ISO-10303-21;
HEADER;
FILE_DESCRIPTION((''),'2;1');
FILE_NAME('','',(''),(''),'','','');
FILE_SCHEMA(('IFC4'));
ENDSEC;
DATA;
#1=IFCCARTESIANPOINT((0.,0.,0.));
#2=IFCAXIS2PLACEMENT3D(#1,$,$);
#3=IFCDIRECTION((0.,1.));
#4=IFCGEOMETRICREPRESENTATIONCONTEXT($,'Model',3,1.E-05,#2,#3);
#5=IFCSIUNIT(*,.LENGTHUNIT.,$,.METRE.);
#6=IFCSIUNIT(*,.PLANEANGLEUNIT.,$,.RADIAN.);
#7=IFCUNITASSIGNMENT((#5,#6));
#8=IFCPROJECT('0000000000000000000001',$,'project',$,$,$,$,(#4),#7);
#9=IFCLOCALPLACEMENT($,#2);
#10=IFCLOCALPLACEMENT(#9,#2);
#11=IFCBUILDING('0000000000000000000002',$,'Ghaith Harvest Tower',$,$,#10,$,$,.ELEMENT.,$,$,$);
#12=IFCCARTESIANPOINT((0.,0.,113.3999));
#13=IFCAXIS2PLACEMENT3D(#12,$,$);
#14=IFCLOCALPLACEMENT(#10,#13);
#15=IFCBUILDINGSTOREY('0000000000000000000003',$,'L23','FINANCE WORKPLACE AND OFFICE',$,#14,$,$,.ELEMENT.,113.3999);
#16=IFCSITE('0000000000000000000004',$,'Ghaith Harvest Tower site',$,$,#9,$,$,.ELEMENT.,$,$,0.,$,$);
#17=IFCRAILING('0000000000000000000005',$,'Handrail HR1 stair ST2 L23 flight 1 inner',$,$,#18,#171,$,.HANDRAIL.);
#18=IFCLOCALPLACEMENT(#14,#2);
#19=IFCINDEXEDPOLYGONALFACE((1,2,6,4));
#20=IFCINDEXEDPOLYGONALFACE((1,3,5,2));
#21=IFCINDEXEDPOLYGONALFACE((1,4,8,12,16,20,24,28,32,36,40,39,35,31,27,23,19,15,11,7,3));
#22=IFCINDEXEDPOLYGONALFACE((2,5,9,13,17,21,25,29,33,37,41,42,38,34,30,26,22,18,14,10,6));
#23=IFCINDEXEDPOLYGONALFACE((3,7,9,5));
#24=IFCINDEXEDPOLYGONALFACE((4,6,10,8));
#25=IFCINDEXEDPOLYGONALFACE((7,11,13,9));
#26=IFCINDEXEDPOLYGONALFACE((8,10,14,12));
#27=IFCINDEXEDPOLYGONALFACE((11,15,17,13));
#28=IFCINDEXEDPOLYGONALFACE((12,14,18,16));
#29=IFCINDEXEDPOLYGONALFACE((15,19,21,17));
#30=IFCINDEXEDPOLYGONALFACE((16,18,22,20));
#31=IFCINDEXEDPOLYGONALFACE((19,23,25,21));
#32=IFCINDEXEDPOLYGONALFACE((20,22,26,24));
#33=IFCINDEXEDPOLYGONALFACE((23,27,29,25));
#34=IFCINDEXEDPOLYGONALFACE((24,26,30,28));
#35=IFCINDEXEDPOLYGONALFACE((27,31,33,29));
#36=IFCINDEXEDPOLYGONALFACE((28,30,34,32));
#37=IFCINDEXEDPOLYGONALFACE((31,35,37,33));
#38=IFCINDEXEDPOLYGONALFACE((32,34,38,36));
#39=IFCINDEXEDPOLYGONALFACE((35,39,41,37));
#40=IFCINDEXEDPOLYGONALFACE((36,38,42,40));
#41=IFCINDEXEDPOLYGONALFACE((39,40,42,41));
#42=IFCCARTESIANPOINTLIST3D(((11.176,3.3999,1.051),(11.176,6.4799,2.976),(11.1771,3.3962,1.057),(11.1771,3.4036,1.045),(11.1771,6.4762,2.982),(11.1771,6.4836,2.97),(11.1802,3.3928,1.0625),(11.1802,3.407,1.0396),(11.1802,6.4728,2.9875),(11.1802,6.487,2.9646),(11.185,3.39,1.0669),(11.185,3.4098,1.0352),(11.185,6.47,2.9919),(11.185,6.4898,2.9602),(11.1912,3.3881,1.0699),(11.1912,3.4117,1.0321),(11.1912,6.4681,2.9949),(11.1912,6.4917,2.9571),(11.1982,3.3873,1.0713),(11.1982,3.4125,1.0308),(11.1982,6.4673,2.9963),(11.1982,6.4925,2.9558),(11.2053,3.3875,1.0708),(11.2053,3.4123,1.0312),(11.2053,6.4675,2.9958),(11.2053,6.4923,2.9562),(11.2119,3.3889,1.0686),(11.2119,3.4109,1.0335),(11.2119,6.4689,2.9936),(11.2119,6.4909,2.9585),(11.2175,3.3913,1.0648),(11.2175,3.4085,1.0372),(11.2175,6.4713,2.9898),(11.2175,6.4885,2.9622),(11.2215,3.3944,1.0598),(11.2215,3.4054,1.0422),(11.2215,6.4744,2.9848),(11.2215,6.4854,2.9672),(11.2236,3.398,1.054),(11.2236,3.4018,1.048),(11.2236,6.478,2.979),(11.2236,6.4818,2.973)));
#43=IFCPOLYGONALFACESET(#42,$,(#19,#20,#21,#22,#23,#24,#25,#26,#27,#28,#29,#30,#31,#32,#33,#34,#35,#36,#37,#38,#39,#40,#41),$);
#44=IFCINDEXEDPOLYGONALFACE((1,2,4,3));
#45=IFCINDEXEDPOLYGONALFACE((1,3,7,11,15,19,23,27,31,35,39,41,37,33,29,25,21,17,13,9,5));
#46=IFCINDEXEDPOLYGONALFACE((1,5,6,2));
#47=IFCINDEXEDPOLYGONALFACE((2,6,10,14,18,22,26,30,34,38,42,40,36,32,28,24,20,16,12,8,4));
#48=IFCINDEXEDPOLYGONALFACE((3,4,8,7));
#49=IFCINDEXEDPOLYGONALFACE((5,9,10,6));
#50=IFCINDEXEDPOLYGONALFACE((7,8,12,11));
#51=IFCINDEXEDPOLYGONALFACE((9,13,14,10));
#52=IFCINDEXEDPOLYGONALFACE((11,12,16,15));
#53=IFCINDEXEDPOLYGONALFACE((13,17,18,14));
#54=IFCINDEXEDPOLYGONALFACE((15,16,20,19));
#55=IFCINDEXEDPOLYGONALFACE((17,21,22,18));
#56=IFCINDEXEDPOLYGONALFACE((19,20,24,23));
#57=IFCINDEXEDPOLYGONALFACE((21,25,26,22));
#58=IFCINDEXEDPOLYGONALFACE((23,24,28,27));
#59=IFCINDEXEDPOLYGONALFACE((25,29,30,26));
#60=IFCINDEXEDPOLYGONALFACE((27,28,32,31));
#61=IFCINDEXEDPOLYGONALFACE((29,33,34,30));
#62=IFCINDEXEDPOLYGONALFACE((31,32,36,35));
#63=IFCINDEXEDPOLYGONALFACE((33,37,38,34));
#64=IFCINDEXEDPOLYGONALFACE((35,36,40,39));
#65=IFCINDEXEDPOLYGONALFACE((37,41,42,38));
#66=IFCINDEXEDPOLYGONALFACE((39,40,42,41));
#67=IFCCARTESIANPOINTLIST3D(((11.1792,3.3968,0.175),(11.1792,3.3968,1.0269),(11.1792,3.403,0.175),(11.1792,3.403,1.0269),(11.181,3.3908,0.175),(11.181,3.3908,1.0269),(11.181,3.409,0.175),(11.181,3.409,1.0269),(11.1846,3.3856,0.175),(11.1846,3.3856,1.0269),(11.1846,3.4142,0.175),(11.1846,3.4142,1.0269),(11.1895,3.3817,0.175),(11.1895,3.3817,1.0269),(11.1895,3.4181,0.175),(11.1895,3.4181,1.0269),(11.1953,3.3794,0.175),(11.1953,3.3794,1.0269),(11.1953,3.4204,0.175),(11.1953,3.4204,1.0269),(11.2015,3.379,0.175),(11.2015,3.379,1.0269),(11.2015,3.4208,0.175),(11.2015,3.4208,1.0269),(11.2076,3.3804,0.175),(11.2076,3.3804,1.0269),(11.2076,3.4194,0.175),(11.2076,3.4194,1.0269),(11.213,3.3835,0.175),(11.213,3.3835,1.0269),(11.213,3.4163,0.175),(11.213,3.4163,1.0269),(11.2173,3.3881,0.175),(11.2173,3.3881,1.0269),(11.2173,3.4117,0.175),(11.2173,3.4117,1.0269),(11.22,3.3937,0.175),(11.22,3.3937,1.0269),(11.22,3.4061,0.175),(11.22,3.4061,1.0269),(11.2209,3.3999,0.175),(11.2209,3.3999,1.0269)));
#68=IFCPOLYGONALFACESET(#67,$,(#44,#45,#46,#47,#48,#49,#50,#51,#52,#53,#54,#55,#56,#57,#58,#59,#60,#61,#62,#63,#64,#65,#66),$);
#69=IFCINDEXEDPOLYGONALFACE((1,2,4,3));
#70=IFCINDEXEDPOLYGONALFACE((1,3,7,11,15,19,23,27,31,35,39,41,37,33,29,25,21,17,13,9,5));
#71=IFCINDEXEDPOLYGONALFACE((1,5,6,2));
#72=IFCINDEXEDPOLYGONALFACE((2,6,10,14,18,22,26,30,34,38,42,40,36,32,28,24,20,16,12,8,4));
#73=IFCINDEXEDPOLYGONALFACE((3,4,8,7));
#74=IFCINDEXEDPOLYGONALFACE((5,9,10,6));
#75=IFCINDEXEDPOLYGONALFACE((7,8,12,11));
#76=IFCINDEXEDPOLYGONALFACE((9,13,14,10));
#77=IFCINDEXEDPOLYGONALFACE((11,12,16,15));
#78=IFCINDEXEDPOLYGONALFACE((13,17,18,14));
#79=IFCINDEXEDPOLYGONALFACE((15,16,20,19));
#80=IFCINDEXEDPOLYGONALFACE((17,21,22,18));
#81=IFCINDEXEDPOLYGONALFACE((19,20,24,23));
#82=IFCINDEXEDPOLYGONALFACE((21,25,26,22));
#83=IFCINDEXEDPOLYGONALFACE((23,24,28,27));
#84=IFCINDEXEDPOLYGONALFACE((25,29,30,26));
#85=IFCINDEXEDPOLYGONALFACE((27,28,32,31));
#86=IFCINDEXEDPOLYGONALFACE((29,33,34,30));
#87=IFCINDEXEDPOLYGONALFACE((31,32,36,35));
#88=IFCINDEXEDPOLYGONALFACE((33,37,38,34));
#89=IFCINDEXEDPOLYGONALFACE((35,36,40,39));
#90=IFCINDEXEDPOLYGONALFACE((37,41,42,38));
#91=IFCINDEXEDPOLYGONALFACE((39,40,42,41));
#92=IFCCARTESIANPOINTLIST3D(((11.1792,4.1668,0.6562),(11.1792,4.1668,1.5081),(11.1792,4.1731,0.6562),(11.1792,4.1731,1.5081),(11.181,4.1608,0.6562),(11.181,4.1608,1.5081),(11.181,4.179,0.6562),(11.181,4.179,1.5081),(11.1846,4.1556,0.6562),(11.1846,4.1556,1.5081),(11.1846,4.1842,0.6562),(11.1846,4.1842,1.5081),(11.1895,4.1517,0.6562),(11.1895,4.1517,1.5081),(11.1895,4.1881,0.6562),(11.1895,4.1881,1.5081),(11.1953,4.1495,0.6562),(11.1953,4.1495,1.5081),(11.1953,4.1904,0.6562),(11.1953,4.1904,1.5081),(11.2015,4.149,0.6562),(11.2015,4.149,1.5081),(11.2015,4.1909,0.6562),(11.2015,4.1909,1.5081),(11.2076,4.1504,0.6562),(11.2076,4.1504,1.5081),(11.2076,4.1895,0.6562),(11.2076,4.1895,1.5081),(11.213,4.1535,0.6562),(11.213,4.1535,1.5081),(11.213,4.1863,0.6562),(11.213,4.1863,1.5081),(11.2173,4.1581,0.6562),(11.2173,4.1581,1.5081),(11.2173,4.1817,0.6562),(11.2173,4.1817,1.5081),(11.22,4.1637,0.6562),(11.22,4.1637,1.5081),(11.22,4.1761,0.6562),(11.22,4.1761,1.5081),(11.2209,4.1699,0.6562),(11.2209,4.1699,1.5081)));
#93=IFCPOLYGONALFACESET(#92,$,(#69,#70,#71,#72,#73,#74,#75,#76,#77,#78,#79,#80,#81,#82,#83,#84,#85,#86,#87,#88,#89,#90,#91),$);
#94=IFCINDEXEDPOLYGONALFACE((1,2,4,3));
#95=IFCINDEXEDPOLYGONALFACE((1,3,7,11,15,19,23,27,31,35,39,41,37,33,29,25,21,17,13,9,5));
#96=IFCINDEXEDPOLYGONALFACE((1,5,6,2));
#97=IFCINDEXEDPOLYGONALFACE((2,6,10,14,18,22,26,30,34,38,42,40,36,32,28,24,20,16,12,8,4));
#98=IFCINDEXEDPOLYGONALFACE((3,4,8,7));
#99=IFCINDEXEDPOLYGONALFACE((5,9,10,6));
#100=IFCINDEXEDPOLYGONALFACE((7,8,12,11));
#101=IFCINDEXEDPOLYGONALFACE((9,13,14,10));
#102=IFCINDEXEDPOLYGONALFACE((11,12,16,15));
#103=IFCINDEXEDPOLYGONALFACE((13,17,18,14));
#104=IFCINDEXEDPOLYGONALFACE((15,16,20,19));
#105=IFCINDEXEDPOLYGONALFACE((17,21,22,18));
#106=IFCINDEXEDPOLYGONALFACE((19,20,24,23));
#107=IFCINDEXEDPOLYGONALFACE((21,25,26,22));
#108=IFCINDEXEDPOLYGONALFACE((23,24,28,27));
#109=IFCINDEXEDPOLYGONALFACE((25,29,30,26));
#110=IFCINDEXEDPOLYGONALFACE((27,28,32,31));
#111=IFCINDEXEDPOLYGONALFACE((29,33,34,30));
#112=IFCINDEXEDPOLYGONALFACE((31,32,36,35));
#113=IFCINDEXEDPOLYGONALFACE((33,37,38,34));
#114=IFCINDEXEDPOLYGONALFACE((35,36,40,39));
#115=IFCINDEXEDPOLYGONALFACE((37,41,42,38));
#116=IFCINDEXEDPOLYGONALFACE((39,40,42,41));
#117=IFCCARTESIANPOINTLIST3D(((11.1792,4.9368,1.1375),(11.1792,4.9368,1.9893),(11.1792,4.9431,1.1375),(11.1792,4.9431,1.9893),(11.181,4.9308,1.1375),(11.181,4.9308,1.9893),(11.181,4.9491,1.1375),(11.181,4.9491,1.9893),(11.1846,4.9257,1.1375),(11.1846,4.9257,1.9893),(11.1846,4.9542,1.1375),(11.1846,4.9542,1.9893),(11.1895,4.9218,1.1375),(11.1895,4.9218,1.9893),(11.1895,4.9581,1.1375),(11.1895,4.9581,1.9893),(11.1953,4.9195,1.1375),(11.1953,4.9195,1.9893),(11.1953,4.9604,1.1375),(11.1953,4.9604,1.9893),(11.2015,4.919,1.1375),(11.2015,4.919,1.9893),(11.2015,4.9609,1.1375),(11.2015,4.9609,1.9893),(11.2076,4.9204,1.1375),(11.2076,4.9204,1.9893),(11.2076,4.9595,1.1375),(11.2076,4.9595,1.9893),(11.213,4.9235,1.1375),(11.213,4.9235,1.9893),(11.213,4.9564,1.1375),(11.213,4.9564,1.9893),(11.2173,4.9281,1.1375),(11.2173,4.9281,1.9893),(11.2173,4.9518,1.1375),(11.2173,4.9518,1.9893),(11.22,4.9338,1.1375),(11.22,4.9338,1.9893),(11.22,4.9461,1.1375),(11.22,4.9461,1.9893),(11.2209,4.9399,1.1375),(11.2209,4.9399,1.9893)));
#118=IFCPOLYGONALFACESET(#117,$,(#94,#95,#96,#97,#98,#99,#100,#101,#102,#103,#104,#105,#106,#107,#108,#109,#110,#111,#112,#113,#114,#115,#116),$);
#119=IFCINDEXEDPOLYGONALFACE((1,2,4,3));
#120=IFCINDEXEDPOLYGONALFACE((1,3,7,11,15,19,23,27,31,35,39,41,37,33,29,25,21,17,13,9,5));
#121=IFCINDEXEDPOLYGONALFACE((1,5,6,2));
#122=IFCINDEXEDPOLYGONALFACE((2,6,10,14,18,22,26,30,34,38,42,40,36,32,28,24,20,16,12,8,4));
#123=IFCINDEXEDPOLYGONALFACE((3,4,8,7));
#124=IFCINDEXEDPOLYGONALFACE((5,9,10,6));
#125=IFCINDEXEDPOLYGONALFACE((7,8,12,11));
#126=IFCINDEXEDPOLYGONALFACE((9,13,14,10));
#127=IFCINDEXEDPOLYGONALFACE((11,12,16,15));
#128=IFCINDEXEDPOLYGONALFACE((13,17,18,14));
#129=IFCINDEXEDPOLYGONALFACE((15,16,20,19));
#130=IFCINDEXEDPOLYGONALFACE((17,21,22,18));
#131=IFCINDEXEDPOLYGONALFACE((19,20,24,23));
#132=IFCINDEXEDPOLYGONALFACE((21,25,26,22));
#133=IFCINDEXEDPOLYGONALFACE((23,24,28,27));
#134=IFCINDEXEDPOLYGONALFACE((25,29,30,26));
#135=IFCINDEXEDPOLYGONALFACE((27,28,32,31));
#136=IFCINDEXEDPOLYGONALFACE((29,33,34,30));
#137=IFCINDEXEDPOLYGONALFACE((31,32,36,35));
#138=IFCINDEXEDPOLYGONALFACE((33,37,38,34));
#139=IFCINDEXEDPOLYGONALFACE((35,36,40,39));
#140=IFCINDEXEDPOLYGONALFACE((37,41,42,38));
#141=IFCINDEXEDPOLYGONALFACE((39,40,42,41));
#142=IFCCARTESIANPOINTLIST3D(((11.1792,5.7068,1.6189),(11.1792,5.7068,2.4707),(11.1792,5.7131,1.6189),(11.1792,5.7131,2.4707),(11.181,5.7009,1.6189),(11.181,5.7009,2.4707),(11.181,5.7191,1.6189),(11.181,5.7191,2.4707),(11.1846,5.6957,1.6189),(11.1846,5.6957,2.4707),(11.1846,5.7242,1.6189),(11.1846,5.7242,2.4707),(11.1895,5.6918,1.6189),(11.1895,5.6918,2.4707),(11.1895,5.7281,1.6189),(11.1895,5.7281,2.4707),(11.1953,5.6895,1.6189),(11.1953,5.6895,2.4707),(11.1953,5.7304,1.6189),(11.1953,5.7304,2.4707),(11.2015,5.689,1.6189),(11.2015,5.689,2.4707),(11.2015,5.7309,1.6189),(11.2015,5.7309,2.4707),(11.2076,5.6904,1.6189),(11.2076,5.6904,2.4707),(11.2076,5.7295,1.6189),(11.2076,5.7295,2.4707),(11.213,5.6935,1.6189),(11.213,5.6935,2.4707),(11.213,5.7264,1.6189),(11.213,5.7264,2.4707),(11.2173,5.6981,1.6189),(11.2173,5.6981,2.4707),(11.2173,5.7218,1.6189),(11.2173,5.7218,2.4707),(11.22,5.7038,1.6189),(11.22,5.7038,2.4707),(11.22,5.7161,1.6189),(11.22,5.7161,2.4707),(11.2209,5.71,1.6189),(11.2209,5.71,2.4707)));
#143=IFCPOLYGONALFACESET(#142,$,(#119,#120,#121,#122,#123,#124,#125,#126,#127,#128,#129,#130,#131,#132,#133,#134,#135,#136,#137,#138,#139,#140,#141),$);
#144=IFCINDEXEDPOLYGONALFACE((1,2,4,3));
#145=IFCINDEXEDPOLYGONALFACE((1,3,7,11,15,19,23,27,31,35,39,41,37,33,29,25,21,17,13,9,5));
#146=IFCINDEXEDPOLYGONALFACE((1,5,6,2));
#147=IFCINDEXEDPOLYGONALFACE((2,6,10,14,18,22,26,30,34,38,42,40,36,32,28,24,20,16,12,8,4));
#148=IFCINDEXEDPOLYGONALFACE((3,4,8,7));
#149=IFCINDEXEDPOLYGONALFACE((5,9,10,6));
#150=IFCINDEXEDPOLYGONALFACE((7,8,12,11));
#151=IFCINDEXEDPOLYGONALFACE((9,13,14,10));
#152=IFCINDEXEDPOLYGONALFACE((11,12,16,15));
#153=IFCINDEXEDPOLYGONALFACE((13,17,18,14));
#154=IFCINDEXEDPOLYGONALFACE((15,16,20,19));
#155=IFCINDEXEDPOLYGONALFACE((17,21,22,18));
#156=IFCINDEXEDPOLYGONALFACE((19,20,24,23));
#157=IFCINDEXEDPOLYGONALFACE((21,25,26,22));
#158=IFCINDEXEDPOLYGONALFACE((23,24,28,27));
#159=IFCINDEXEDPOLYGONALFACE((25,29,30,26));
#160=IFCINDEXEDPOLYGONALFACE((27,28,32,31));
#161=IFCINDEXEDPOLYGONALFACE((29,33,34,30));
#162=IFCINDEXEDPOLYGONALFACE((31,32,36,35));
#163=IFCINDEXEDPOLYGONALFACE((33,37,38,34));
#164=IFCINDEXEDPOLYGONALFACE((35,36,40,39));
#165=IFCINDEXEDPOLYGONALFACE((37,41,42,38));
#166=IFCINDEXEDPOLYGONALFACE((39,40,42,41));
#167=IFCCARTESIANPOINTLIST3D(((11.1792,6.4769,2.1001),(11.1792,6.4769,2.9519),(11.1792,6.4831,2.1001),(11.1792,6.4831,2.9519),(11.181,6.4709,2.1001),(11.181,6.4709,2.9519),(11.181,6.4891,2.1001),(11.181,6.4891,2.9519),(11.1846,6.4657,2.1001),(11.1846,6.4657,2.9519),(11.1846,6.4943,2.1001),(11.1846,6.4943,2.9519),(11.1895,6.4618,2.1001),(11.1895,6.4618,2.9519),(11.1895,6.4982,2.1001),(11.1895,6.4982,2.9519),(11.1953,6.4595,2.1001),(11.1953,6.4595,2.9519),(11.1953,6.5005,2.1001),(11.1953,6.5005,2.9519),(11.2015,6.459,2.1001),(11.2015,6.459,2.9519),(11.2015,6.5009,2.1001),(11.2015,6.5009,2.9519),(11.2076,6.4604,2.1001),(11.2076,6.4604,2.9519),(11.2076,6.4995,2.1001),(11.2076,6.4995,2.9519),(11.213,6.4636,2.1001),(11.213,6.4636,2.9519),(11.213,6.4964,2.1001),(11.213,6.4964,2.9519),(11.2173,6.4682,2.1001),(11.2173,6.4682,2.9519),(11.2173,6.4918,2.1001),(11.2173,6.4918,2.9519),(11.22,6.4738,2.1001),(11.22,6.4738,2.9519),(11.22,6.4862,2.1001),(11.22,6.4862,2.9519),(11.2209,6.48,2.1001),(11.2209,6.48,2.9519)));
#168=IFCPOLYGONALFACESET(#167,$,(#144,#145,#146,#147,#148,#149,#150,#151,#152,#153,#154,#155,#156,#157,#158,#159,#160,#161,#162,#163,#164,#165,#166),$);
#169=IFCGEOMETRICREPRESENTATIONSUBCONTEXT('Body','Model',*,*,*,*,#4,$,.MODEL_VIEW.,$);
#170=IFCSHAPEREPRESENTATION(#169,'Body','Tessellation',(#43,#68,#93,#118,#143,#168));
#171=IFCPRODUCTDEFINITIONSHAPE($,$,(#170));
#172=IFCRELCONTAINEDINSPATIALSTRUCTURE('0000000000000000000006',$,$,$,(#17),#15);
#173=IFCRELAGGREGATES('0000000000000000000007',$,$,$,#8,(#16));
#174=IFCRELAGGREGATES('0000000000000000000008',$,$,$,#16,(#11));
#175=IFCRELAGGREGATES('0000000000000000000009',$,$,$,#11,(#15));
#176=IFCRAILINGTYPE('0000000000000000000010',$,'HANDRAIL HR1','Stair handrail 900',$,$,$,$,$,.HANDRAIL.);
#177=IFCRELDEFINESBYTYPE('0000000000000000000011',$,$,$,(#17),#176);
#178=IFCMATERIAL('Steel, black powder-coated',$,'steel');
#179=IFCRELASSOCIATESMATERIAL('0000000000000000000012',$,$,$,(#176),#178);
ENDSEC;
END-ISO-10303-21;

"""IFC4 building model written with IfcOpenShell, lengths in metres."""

from ifc_helpers import new_model, si_unit, direction, frame, origin, origin_2d, place, context, subcontext, project, spatial, circle, extrude, material, type_object, element, save


model = new_model("IFC4")

# Units and contexts
model_context = context("Model", 3, precision=1e-05, world=origin(), true_north=direction((0.0, 1.0)))
body_context = subcontext(model_context, "Body", "Model", "MODEL_VIEW")
ifc_project = project(units=[si_unit("LENGTHUNIT", "METRE"), si_unit("PLANEANGLEUNIT", "RADIAN")], contexts=[model_context])

# Site, building, storey
site_placement = place(None, origin())
site = spatial("IfcSite", under=ifc_project, at=site_placement, Name="Ghaith Harvest Tower site", CompositionType="ELEMENT", RefElevation=0.0)
building_placement = place(site_placement, origin())
building = spatial("IfcBuilding", under=site, at=building_placement, Name="Ghaith Harvest Tower", CompositionType="ELEMENT")
storey_placement = place(building_placement, frame((0.0, 0.0, 113.3999)))
storey = spatial("IfcBuildingStorey", under=building, at=storey_placement, Name="L23", Description="FINANCE WORKPLACE AND OFFICE", CompositionType="ELEMENT", Elevation=113.3999)

# Railing
ifc_material_1 = material(Name="Steel, black powder-coated", Category="steel")
railing_type = type_object("IfcRailingType", Name="HANDRAIL HR1", Description="Stair handrail 900", PredefinedType="HANDRAIL", material=ifc_material_1)
railing_1_placement = place(storey_placement, frame((11.2, 3.3999, 0.175)))
element("IfcRailing", 1, at=railing_1_placement, inside=storey, type_object=railing_type, Name="Handrail HR1 stair ST2 L23 flight 1 inner", PredefinedType="HANDRAIL", context=body_context, shape_type="SweptSolid", body=[
    extrude(circle(Radius=0.0239, at=origin_2d()), frame((0.0, 0.0, 0.876), z_axis=(0.0, 0.847998, 0.529999), x_axis=(-1.0, 0.0, 0.0)), (0.0, 0.0, 1.0), 3.6321),
    extrude(circle(Radius=0.021, at=origin_2d()), origin(), (0.0, 0.0, 1.0), 0.8518),
    extrude(circle(Radius=0.021, at=origin_2d()), frame((0.0, 0.77, 0.4812)), (0.0, 0.0, 1.0), 0.8518),
    extrude(circle(Radius=0.021, at=origin_2d()), frame((0.0, 1.54, 0.9624)), (0.0, 0.0, 1.0), 0.8518),
    extrude(circle(Radius=0.021, at=origin_2d()), frame((0.0, 2.3101, 1.4438)), (0.0, 0.0, 1.0), 0.8518),
    extrude(circle(Radius=0.021, at=origin_2d()), frame((0.0, 3.0801, 1.925)), (0.0, 0.0, 1.0), 0.8518),
])

save(model, "model.ifc")
